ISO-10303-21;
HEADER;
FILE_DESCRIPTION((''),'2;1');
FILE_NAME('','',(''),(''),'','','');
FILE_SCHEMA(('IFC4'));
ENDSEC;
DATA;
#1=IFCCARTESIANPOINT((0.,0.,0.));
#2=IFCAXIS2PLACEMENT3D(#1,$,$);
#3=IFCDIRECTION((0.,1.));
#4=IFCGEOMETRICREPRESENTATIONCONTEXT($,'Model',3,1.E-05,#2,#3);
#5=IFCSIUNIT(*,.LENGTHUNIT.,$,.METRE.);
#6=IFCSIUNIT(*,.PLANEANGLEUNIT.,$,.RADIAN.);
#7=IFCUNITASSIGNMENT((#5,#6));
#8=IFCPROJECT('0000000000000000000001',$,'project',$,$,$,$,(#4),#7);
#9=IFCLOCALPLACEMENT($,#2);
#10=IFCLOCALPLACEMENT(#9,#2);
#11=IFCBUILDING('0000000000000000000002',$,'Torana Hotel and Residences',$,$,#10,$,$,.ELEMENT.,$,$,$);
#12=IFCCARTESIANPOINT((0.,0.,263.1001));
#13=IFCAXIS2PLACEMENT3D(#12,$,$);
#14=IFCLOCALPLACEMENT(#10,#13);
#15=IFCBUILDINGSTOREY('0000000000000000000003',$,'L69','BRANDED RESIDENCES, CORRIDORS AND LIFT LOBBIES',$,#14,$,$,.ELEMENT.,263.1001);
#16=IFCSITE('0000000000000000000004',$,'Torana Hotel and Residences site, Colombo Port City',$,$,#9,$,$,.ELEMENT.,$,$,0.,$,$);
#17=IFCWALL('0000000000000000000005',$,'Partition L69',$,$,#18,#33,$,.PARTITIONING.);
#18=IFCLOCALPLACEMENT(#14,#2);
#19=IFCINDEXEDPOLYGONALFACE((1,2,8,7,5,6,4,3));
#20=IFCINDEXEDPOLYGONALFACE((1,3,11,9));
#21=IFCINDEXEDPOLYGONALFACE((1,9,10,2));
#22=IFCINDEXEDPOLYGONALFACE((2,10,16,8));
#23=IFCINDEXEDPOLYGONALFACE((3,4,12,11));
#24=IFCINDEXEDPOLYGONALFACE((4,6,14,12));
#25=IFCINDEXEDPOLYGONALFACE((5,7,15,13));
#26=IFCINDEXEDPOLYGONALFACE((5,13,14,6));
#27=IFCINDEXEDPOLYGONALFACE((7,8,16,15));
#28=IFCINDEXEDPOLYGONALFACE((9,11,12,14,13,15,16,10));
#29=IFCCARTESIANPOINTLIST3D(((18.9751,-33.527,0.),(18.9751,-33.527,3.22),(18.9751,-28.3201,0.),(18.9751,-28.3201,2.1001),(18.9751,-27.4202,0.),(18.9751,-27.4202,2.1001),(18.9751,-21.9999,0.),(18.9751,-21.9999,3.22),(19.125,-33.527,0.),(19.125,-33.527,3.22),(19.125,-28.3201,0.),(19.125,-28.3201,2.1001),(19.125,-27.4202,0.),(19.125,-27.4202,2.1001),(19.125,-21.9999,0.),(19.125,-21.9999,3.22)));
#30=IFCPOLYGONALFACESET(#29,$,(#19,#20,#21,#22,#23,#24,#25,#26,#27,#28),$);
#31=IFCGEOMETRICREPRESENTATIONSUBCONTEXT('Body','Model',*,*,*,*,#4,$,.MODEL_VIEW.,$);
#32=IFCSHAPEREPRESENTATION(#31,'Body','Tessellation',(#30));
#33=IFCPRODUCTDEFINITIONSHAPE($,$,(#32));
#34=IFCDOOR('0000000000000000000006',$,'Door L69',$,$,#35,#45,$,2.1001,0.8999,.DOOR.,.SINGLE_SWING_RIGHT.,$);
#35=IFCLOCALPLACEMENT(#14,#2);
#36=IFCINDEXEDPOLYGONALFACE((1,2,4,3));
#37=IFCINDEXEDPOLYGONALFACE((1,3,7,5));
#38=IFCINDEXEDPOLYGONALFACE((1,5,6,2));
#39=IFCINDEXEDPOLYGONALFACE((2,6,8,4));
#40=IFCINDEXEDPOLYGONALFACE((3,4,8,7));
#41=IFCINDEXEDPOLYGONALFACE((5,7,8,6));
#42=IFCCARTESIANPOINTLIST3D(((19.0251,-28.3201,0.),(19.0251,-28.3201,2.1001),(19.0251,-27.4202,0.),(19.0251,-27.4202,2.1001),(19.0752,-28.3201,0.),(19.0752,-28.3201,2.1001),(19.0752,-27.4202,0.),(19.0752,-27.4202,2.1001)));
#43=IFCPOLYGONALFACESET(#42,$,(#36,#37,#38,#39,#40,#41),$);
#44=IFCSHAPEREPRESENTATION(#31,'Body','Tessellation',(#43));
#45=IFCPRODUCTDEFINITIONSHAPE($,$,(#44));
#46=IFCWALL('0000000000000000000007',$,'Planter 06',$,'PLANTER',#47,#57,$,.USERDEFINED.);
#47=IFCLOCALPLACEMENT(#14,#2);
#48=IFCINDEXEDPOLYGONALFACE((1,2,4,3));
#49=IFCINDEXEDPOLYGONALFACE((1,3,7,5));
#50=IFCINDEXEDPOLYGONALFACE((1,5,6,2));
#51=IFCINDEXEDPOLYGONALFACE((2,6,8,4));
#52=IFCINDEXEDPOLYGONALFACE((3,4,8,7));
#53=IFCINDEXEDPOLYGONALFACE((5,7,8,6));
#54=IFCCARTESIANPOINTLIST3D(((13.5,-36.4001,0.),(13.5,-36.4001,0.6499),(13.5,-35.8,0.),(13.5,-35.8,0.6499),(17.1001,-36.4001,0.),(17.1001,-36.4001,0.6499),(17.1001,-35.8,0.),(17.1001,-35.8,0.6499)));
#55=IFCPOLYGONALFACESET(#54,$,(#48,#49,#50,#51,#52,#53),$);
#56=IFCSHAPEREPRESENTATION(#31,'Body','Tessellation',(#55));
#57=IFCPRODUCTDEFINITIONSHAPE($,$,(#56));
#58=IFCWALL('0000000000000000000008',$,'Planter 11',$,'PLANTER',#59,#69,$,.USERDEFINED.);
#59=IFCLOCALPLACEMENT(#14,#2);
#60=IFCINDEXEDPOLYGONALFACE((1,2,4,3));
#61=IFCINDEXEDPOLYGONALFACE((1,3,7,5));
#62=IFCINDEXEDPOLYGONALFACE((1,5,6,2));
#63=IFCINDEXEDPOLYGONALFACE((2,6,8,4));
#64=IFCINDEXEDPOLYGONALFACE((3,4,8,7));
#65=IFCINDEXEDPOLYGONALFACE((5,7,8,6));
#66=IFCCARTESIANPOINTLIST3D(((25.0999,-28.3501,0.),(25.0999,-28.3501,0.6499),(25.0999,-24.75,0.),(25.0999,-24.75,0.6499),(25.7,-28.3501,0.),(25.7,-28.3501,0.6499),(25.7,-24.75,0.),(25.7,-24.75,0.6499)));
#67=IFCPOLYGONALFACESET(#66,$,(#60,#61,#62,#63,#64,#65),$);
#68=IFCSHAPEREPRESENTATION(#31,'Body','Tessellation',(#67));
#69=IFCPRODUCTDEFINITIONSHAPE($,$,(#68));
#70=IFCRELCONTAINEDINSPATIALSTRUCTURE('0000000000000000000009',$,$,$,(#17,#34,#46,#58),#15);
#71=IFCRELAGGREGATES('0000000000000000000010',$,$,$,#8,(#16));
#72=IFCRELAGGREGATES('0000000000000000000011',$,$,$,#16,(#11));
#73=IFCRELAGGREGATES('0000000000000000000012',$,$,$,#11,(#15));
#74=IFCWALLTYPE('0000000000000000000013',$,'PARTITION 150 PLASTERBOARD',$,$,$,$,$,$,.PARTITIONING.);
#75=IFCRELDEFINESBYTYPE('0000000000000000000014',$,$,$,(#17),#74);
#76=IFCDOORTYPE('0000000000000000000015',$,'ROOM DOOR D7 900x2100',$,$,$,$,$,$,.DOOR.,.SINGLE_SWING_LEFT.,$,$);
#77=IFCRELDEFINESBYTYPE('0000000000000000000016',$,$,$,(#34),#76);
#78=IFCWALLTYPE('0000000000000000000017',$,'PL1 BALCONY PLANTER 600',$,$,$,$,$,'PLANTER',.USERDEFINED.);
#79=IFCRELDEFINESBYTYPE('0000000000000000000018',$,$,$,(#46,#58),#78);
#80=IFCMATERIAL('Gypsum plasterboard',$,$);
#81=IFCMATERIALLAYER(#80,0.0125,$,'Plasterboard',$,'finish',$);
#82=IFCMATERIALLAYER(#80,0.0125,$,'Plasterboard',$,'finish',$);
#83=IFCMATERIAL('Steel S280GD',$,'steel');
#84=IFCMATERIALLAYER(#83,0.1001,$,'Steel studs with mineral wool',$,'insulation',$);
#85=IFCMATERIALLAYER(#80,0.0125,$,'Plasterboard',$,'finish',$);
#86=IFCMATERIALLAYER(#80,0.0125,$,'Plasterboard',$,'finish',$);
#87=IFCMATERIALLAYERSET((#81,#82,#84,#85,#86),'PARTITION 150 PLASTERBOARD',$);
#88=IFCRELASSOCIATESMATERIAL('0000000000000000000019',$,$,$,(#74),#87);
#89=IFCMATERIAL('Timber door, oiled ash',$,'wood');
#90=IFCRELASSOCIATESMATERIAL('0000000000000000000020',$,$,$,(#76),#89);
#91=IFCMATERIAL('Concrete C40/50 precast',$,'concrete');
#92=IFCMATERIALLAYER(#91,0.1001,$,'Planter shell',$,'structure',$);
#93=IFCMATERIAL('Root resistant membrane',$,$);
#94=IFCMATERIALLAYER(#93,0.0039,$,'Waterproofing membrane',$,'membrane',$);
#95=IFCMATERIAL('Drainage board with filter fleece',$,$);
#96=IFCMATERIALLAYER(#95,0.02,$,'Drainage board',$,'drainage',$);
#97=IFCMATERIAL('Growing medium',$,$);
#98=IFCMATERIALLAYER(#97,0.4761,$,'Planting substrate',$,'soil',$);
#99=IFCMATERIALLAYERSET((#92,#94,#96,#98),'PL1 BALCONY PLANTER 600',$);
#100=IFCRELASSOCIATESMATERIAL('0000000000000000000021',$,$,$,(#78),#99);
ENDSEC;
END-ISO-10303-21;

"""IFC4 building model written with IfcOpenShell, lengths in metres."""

from ifc_helpers import new_model, si_unit, direction, frame, frame_2d, origin, place, context, subcontext, project, spatial, rectangle, extrude, material, layer, layer_set, type_object, element, fill, save


model = new_model("IFC4")

# Units and contexts
model_context = context("Model", 3, precision=1e-05, world=origin(), true_north=direction((0.0, 1.0)))
body_context = subcontext(model_context, "Body", "Model", "MODEL_VIEW")
ifc_project = project(units=[si_unit("LENGTHUNIT", "METRE"), si_unit("PLANEANGLEUNIT", "RADIAN")], contexts=[model_context])

# Site, building, storey
site_placement = place(None, origin())
site = spatial("IfcSite", under=ifc_project, at=site_placement, Name="Torana Hotel and Residences site, Colombo Port City", CompositionType="ELEMENT", RefElevation=0.0)
building_placement = place(site_placement, origin())
building = spatial("IfcBuilding", under=site, at=building_placement, Name="Torana Hotel and Residences", CompositionType="ELEMENT")
storey_placement = place(building_placement, frame((0.0, 0.0, 263.1001)))
storey = spatial("IfcBuildingStorey", under=building, at=storey_placement, Name="L69", Description="BRANDED RESIDENCES, CORRIDORS AND LIFT LOBBIES", CompositionType="ELEMENT", Elevation=263.1001)

# Shared definitions
ifc_material_1 = material(Name="Steel S280GD", Category="steel")

# Wall, opening, door
ifc_material_2 = material(Name="Gypsum plasterboard")
ifc_layer_1 = layer(ifc_material_2, 0.0125, Name="Plasterboard", Category="finish")
ifc_layer_2 = layer(ifc_material_2, 0.0125, Name="Plasterboard", Category="finish")
ifc_layer_3 = layer(ifc_material_1, 0.1001, Name="Steel studs with mineral wool", Category="insulation")
ifc_layer_4 = layer(ifc_material_2, 0.0125, Name="Plasterboard", Category="finish")
ifc_layer_5 = layer(ifc_material_2, 0.0125, Name="Plasterboard", Category="finish")
ifc_layer_set_1 = layer_set([ifc_layer_1, ifc_layer_2, ifc_layer_3, ifc_layer_4, ifc_layer_5], Name="PARTITION 150 PLASTERBOARD")
wall_type_1 = type_object("IfcWallType", Name="PARTITION 150 PLASTERBOARD", PredefinedType="PARTITIONING", material=ifc_layer_set_1)
ifc_material_3 = material(Name="Timber door, oiled ash", Category="wood")
door_type_1 = type_object("IfcDoorType", Name="ROOM DOOR D7 900x2100", OperationType="SINGLE_SWING_LEFT", PredefinedType="DOOR", material=ifc_material_3)
wall_1_placement = place(storey_placement, frame((19.05, -33.5271, 0.0), z_axis=(0.0, 0.0, 1.0), x_axis=(0.0, 1.0, 0.0)))
wall_1 = element("IfcWall", 1, at=wall_1_placement, inside=storey, type_object=wall_type_1, Name="Partition L69", PredefinedType="PARTITIONING", context=body_context, shape_type="SweptSolid", body=[
    extrude(rectangle(XDim=11.5271, YDim=0.1499, at=frame_2d((5.7637, 0.0))), origin(), (0.0, 0.0, 1.0), 3.22),
])
opening_1_placement = place(wall_1_placement, frame((5.207, 0.0, 0.0)))
opening_1 = element("IfcOpeningElement", 2, at=opening_1_placement, cuts=wall_1, PredefinedType="OPENING", context=body_context, shape_type="SweptSolid", body=[
    extrude(rectangle(XDim=0.8999, YDim=2.1001, at=frame_2d((0.45, 1.05))), frame((0.0, 0.085, 0.0), z_axis=(0.0, -1.0, 0.0), x_axis=(1.0, 0.0, 0.0)), (0.0, 0.0, 1.0), 0.1699),
])
door_1_placement = place(opening_1_placement, origin())
door_1 = element("IfcDoor", 3, at=door_1_placement, inside=storey, type_object=door_type_1, Name="Door L69", OperationType="SINGLE_SWING_RIGHT", OverallHeight=2.1001, OverallWidth=0.8999, PredefinedType="DOOR", context=body_context, shape_type="SweptSolid", body=[
    extrude(rectangle(XDim=0.8999, YDim=2.1001, at=frame_2d((0.45, 1.05))), frame((0.0, 0.0249, 0.0), z_axis=(0.0, -1.0, 0.0), x_axis=(1.0, 0.0, 0.0)), (0.0, 0.0, 1.0), 0.05),
])
fill(opening_1, door_1)

# Walls
ifc_material_4 = material(Name="Concrete C40/50 precast", Category="concrete")
ifc_layer_6 = layer(ifc_material_4, 0.1001, Name="Planter shell", Category="structure")
ifc_material_5 = material(Name="Root resistant membrane")
ifc_layer_7 = layer(ifc_material_5, 0.0039, Name="Waterproofing membrane", Category="membrane")
ifc_material_6 = material(Name="Drainage board with filter fleece")
ifc_layer_8 = layer(ifc_material_6, 0.02, Name="Drainage board", Category="drainage")
ifc_material_7 = material(Name="Growing medium")
ifc_layer_9 = layer(ifc_material_7, 0.4761, Name="Planting substrate", Category="soil")
ifc_layer_set_2 = layer_set([ifc_layer_6, ifc_layer_7, ifc_layer_8, ifc_layer_9], Name="PL1 BALCONY PLANTER 600")
wall_type_2 = type_object("IfcWallType", Name="PL1 BALCONY PLANTER 600", ElementType="PLANTER", PredefinedType="USERDEFINED", material=ifc_layer_set_2)
for number, where, z_axis, x_axis, name in (
    (4, (17.1001, -36.1001, 0.0), (0.0, 0.0, 1.0), (-1.0, 0.0, 0.0), "Planter 06"),
    (5, (25.3999, -24.75, 0.0), (0.0, 0.0, 1.0), (0.0, -1.0, 0.0), "Planter 11"),
):
    element("IfcWall", number, at=place(storey_placement, frame(where, z_axis=z_axis, x_axis=x_axis)), inside=storey, type_object=wall_type_2, Name=name, ObjectType="PLANTER", PredefinedType="USERDEFINED", context=body_context, shape_type="SweptSolid", body=[
        extrude(rectangle(XDim=3.6001, YDim=0.6001, at=frame_2d((1.8, 0.0))), origin(), (0.0, 0.0, 1.0), 0.6499),
    ])

save(model, "model.ifc")
